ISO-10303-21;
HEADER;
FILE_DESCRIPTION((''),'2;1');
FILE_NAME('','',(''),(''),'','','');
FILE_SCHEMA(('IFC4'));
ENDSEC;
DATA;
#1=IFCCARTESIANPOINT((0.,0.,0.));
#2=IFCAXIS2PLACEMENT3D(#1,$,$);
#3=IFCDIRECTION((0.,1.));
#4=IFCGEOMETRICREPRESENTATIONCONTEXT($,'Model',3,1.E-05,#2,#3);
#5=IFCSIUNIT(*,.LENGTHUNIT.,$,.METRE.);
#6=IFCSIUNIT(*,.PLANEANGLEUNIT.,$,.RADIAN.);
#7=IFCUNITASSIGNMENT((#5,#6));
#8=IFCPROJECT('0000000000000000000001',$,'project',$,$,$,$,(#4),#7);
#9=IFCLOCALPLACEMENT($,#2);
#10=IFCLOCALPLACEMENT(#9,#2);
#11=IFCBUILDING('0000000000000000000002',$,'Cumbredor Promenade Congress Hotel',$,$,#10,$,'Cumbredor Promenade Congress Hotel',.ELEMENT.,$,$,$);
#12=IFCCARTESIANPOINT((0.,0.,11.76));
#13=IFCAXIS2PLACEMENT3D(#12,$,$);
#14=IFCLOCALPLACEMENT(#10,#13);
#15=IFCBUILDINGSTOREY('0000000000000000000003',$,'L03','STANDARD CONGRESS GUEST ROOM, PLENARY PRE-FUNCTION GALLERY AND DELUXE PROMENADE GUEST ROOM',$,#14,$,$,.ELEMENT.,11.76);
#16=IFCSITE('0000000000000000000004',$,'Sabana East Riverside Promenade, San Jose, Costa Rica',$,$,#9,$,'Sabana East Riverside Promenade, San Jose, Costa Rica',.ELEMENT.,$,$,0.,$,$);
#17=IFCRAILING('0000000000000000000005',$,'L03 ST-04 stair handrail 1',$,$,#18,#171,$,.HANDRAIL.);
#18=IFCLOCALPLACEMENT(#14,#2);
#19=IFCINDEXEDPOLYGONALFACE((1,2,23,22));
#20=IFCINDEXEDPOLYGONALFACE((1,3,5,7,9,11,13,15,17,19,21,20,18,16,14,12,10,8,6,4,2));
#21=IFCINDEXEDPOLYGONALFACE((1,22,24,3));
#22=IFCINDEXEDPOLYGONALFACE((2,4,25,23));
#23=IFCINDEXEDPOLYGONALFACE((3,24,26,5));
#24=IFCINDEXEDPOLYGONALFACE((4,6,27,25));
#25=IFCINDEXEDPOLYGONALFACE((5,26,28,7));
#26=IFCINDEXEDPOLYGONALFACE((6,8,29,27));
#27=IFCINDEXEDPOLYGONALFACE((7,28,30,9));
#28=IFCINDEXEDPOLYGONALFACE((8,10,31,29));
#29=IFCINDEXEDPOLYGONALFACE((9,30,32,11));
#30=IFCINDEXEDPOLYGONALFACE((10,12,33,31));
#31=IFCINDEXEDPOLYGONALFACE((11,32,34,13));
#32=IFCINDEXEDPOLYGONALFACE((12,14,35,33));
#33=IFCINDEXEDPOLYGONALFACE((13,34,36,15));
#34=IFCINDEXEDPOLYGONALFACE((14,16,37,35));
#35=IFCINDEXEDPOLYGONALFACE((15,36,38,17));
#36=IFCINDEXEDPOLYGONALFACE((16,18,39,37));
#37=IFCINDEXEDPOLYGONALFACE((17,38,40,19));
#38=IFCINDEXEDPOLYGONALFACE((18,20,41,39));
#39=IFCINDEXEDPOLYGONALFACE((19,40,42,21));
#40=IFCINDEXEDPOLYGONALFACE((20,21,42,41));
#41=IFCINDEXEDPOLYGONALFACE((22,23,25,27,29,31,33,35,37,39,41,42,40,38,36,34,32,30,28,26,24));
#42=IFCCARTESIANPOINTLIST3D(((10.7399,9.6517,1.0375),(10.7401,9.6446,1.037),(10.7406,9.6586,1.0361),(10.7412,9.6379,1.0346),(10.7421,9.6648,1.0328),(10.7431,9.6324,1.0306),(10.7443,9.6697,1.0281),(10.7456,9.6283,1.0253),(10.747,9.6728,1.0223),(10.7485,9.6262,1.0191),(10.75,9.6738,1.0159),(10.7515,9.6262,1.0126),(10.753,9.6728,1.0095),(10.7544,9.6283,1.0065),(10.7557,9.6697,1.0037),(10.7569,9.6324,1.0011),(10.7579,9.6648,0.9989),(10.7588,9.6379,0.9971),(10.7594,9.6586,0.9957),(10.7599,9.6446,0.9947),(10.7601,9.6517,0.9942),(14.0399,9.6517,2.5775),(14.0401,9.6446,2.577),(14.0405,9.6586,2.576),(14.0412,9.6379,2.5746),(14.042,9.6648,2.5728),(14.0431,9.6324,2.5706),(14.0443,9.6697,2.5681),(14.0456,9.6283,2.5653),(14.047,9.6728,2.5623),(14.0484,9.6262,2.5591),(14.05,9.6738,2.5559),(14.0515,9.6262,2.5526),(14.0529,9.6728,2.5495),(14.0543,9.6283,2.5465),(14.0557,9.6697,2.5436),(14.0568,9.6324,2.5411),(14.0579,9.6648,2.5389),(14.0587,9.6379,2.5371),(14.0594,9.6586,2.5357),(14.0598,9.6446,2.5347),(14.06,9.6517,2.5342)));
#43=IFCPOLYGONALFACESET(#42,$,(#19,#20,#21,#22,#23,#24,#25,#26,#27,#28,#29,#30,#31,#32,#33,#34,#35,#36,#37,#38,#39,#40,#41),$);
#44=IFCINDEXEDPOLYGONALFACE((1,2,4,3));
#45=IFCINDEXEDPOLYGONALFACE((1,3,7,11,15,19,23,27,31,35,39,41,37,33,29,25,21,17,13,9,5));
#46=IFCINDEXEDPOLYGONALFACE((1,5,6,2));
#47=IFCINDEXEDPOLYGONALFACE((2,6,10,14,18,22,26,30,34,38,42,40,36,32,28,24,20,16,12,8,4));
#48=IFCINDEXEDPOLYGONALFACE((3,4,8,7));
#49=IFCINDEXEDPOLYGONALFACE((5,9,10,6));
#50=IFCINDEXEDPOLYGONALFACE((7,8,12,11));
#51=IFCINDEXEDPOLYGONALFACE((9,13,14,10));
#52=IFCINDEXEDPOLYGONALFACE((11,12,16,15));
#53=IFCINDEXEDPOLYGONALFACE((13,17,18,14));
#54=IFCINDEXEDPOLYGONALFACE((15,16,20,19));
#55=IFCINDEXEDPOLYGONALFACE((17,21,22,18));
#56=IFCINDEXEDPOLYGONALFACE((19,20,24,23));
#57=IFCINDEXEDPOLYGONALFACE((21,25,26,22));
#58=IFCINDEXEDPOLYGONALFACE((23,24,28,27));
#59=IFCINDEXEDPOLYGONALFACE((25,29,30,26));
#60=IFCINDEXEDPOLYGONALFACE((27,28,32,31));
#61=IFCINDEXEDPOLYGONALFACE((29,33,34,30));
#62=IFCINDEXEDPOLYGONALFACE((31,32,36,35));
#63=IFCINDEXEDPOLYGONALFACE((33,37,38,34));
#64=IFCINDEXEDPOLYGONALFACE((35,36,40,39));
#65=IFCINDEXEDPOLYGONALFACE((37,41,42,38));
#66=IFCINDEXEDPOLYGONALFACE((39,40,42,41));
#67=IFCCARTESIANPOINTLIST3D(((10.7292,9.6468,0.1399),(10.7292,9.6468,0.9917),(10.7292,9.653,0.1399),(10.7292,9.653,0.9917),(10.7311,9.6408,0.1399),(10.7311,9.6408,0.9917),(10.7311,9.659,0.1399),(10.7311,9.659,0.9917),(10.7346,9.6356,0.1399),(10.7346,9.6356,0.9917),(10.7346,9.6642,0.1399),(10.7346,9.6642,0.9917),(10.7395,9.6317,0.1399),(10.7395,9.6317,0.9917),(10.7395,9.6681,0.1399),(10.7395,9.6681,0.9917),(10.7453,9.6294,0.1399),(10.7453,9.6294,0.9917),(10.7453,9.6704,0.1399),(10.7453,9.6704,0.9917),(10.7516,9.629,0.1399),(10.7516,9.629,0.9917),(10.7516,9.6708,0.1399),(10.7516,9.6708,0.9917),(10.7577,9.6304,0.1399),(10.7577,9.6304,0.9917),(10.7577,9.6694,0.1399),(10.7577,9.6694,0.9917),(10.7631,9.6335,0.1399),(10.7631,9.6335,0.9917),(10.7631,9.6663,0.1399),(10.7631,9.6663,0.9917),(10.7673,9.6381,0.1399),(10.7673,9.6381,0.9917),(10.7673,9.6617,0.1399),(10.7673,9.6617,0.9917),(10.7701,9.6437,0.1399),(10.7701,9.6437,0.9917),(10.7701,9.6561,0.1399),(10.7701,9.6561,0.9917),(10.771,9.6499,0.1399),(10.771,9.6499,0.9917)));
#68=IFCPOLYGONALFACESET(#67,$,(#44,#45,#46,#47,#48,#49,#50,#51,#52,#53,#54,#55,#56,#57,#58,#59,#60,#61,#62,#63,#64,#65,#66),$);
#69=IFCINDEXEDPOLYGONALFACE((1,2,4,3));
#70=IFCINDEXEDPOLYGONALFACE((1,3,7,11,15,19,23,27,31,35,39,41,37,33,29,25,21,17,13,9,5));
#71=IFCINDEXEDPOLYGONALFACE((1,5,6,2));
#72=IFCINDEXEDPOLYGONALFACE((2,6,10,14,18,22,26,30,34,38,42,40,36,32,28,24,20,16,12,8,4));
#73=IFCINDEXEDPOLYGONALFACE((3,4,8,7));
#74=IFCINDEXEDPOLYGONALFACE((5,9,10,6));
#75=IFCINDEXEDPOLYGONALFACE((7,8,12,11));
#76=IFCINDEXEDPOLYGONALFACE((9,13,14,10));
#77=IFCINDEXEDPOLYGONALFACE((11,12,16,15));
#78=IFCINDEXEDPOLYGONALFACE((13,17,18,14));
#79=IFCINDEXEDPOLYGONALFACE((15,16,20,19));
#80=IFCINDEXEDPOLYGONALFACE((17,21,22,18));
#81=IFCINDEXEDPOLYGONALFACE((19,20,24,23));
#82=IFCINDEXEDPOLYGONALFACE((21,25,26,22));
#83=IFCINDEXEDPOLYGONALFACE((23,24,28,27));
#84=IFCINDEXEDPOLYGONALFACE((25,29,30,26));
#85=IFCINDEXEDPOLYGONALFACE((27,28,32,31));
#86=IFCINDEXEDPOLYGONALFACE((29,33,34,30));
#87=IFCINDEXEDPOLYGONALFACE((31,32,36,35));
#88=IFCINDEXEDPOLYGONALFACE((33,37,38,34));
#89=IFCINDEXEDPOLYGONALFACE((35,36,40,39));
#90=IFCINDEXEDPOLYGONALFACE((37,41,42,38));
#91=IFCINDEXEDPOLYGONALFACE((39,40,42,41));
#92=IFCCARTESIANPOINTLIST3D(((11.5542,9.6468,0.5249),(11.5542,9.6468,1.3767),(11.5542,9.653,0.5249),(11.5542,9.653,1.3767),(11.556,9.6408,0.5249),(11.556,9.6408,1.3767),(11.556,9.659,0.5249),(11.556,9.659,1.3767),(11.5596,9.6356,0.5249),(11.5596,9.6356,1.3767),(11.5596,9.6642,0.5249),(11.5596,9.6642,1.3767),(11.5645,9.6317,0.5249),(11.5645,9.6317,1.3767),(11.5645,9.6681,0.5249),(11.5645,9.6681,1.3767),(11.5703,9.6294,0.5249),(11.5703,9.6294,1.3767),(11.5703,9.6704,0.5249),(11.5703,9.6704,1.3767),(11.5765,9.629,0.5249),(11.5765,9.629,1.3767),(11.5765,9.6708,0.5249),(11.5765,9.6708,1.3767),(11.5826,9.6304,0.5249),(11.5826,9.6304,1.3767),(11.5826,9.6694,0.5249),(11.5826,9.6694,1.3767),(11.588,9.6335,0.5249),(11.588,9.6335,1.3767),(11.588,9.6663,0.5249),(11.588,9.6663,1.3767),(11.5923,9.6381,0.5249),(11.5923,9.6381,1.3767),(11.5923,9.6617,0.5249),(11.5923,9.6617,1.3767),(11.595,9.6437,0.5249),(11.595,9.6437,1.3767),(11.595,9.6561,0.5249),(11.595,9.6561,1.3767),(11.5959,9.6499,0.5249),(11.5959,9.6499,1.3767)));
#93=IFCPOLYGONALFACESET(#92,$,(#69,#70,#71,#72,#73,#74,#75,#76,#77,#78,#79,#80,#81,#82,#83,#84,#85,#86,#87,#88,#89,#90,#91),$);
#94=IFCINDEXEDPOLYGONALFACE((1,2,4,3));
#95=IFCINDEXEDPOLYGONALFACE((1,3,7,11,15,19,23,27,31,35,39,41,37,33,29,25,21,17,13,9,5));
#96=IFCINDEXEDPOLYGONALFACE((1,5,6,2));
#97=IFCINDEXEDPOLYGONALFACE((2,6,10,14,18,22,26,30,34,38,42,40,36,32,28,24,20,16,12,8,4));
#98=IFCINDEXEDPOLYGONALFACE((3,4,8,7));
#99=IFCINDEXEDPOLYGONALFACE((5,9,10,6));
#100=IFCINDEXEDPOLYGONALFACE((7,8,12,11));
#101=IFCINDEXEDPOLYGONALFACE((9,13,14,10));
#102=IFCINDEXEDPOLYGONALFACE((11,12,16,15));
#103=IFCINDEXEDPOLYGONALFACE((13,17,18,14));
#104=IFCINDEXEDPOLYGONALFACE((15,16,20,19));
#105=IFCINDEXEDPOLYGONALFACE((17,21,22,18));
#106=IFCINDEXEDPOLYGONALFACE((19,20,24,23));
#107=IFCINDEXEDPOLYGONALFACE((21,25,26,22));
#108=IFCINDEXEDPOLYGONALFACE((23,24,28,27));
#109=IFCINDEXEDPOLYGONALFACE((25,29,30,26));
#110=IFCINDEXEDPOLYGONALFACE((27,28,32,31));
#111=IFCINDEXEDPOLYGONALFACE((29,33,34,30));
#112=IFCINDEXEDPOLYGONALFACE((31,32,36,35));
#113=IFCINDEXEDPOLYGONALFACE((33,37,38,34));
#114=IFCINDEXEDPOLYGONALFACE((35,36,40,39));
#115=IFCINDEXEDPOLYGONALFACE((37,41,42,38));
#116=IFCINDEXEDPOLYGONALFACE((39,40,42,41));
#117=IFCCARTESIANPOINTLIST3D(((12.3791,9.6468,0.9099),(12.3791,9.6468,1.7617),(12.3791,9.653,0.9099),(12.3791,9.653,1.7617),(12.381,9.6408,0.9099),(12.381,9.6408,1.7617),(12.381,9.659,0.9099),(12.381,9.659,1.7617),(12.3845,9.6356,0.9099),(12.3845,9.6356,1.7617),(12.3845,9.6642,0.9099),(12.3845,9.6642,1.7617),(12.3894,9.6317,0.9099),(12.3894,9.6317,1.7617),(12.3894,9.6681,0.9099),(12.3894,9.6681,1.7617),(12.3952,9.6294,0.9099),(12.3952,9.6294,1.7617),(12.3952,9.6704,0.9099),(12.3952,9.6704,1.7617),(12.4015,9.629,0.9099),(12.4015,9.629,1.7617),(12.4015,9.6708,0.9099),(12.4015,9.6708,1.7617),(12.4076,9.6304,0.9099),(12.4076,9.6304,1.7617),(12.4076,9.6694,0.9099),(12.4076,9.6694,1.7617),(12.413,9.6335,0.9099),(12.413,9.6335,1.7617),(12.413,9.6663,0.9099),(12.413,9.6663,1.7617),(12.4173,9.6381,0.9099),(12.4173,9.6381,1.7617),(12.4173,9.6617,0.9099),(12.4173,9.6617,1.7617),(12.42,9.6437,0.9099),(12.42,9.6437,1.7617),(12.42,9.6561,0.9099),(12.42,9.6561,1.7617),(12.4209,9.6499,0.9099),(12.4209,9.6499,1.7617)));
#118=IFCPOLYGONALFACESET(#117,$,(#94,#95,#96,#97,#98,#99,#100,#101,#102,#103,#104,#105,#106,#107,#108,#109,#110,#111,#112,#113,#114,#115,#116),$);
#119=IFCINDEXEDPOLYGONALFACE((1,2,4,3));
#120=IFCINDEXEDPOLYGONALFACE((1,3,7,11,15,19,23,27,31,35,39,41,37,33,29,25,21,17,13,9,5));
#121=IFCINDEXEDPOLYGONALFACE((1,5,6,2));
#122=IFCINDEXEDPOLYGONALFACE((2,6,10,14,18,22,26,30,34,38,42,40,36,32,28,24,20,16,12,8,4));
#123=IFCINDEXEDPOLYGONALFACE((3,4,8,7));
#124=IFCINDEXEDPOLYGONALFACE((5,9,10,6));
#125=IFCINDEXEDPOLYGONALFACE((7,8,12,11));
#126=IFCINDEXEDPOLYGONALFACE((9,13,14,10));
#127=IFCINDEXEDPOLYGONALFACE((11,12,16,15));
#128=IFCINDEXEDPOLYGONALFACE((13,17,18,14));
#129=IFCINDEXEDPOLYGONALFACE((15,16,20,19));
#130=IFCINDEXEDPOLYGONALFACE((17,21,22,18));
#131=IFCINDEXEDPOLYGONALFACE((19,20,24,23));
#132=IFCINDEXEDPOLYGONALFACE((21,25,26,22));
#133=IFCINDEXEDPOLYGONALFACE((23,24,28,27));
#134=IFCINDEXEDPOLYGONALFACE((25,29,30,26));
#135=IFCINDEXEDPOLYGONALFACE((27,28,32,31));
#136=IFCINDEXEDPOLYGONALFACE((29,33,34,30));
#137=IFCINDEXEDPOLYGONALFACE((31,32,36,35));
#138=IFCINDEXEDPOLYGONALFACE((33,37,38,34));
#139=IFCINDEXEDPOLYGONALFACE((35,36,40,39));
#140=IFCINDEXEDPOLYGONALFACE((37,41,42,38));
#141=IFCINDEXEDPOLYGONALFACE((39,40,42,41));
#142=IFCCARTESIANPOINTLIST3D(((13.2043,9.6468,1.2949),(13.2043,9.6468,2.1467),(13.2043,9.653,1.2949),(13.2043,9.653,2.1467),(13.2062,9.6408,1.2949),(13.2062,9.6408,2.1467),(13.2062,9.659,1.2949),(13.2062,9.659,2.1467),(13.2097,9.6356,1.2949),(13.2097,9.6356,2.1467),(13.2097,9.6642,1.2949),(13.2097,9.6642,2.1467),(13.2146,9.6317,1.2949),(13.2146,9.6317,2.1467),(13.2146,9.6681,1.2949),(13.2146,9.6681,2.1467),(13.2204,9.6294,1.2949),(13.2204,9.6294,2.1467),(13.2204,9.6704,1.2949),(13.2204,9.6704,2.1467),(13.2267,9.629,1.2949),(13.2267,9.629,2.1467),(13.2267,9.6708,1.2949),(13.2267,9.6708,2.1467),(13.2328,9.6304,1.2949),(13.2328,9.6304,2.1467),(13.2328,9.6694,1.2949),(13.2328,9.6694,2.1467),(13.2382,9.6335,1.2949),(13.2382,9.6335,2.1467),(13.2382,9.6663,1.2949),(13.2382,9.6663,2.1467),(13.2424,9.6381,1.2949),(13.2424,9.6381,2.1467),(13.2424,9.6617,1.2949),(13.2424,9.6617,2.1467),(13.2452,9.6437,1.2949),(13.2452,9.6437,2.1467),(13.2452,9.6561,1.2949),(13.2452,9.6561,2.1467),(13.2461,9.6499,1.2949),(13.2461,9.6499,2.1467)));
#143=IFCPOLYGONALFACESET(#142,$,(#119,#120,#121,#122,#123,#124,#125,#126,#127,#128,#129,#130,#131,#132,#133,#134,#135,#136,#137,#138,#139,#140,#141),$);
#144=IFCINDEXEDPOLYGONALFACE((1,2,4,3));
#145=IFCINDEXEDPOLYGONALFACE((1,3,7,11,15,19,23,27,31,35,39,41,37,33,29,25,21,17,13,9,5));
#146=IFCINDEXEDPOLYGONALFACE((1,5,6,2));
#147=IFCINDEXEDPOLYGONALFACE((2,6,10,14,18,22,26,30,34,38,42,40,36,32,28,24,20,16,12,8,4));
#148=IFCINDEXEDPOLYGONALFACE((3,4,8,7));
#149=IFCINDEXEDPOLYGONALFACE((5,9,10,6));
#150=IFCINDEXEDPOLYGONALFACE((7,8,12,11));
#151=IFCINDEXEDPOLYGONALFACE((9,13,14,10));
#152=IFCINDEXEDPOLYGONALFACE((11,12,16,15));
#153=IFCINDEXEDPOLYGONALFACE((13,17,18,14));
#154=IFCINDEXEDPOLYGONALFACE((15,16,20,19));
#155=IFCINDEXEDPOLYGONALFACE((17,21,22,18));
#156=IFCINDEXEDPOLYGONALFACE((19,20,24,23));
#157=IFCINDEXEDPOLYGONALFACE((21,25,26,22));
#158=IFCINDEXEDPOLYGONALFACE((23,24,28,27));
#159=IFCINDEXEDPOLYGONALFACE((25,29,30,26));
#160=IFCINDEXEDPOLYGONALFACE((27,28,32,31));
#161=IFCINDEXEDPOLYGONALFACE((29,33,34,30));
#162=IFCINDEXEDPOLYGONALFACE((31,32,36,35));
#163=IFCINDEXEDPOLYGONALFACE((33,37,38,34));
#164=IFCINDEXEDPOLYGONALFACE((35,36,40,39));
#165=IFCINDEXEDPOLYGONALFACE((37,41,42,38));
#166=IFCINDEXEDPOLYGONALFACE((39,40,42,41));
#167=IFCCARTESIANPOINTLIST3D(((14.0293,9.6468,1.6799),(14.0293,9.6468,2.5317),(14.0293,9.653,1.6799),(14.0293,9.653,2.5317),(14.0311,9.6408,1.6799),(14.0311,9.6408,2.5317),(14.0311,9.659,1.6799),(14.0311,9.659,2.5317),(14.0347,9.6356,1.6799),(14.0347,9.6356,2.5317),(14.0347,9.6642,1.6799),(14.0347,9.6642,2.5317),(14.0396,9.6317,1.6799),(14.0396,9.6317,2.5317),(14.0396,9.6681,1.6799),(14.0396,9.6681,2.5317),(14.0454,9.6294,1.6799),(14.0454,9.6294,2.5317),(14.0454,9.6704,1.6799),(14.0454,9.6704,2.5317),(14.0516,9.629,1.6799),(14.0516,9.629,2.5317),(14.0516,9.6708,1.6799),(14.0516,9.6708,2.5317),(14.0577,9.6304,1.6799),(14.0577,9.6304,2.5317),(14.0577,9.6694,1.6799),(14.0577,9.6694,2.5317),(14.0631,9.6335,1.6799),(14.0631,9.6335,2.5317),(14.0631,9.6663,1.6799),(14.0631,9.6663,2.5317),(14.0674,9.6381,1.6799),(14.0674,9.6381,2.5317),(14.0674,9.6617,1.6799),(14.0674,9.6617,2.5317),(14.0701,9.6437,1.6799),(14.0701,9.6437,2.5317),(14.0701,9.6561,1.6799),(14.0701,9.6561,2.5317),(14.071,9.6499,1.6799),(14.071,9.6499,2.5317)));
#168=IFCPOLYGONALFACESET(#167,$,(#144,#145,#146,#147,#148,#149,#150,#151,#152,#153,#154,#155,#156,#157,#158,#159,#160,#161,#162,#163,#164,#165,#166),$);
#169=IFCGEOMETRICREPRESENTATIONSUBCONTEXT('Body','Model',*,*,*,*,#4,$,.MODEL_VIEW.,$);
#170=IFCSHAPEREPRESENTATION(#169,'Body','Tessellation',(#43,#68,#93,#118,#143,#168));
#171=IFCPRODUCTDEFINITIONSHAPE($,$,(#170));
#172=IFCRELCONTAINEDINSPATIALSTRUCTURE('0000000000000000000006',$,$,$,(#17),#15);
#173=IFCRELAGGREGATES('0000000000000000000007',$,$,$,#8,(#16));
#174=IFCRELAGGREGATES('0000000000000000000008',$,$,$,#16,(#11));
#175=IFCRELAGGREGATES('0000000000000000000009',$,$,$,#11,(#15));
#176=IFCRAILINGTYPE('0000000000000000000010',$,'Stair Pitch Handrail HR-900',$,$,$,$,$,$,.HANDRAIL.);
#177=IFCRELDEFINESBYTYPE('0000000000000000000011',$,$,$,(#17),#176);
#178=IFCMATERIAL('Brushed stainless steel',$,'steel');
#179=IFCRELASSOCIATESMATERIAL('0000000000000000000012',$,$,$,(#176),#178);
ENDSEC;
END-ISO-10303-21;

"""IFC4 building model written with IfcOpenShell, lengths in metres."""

from ifc_helpers import new_model, si_unit, direction, frame, origin, origin_2d, place, context, subcontext, project, spatial, circle, extrude, material, type_object, element, save


model = new_model("IFC4")

# Units and contexts
model_context = context("Model", 3, precision=1e-05, world=origin(), true_north=direction((0.0, 1.0)))
body_context = subcontext(model_context, "Body", "Model", "MODEL_VIEW")
ifc_project = project(units=[si_unit("LENGTHUNIT", "METRE"), si_unit("PLANEANGLEUNIT", "RADIAN")], contexts=[model_context])

# Site, building, storey
site_placement = place(None, origin())
site = spatial("IfcSite", under=ifc_project, at=site_placement, Name="Sabana East Riverside Promenade, San Jose, Costa Rica", LongName="Sabana East Riverside Promenade, San Jose, Costa Rica", CompositionType="ELEMENT", RefElevation=0.0)
building_placement = place(site_placement, origin())
building = spatial("IfcBuilding", under=site, at=building_placement, Name="Cumbredor Promenade Congress Hotel", LongName="Cumbredor Promenade Congress Hotel", CompositionType="ELEMENT")
storey_placement = place(building_placement, frame((0.0, 0.0, 11.76)))
storey = spatial("IfcBuildingStorey", under=building, at=storey_placement, Name="L03", Description="STANDARD CONGRESS GUEST ROOM, PLENARY PRE-FUNCTION GALLERY AND DELUXE PROMENADE GUEST ROOM", CompositionType="ELEMENT", Elevation=11.76)

# Shared definitions
ifc_material_1 = material(Name="Brushed stainless steel", Category="steel")

# Railing
railing_type_1 = type_object("IfcRailingType", Name="Stair Pitch Handrail HR-900", PredefinedType="HANDRAIL", material=ifc_material_1)
railing_1_placement = place(storey_placement, frame((10.75, 9.6499, 0.1399)))
element("IfcRailing", 1, at=railing_1_placement, inside=storey, type_object=railing_type_1, Name="L03 ST-04 stair handrail 1", PredefinedType="HANDRAIL", context=body_context, shape_type="SweptSolid", body=[
    extrude(circle(Radius=0.0239, at=origin_2d()), frame((0.0, 0.0, 0.876), z_axis=(0.906181, 0.0, 0.422889), x_axis=(0.0, 1.0, 0.0)), (0.0, 0.0, 1.0), 3.6416),
    extrude(circle(Radius=0.021, at=origin_2d()), origin(), (0.0, 0.0, 1.0), 0.8518),
    extrude(circle(Radius=0.021, at=origin_2d()), frame((0.825, 0.0, 0.385)), (0.0, 0.0, 1.0), 0.8518),
    extrude(circle(Radius=0.021, at=origin_2d()), frame((1.6499, 0.0, 0.77)), (0.0, 0.0, 1.0), 0.8518),
    extrude(circle(Radius=0.021, at=origin_2d()), frame((2.4751, 0.0, 1.155)), (0.0, 0.0, 1.0), 0.8518),
    extrude(circle(Radius=0.021, at=origin_2d()), frame((3.3, 0.0, 1.54)), (0.0, 0.0, 1.0), 0.8518),
])

save(model, "model.ifc")
